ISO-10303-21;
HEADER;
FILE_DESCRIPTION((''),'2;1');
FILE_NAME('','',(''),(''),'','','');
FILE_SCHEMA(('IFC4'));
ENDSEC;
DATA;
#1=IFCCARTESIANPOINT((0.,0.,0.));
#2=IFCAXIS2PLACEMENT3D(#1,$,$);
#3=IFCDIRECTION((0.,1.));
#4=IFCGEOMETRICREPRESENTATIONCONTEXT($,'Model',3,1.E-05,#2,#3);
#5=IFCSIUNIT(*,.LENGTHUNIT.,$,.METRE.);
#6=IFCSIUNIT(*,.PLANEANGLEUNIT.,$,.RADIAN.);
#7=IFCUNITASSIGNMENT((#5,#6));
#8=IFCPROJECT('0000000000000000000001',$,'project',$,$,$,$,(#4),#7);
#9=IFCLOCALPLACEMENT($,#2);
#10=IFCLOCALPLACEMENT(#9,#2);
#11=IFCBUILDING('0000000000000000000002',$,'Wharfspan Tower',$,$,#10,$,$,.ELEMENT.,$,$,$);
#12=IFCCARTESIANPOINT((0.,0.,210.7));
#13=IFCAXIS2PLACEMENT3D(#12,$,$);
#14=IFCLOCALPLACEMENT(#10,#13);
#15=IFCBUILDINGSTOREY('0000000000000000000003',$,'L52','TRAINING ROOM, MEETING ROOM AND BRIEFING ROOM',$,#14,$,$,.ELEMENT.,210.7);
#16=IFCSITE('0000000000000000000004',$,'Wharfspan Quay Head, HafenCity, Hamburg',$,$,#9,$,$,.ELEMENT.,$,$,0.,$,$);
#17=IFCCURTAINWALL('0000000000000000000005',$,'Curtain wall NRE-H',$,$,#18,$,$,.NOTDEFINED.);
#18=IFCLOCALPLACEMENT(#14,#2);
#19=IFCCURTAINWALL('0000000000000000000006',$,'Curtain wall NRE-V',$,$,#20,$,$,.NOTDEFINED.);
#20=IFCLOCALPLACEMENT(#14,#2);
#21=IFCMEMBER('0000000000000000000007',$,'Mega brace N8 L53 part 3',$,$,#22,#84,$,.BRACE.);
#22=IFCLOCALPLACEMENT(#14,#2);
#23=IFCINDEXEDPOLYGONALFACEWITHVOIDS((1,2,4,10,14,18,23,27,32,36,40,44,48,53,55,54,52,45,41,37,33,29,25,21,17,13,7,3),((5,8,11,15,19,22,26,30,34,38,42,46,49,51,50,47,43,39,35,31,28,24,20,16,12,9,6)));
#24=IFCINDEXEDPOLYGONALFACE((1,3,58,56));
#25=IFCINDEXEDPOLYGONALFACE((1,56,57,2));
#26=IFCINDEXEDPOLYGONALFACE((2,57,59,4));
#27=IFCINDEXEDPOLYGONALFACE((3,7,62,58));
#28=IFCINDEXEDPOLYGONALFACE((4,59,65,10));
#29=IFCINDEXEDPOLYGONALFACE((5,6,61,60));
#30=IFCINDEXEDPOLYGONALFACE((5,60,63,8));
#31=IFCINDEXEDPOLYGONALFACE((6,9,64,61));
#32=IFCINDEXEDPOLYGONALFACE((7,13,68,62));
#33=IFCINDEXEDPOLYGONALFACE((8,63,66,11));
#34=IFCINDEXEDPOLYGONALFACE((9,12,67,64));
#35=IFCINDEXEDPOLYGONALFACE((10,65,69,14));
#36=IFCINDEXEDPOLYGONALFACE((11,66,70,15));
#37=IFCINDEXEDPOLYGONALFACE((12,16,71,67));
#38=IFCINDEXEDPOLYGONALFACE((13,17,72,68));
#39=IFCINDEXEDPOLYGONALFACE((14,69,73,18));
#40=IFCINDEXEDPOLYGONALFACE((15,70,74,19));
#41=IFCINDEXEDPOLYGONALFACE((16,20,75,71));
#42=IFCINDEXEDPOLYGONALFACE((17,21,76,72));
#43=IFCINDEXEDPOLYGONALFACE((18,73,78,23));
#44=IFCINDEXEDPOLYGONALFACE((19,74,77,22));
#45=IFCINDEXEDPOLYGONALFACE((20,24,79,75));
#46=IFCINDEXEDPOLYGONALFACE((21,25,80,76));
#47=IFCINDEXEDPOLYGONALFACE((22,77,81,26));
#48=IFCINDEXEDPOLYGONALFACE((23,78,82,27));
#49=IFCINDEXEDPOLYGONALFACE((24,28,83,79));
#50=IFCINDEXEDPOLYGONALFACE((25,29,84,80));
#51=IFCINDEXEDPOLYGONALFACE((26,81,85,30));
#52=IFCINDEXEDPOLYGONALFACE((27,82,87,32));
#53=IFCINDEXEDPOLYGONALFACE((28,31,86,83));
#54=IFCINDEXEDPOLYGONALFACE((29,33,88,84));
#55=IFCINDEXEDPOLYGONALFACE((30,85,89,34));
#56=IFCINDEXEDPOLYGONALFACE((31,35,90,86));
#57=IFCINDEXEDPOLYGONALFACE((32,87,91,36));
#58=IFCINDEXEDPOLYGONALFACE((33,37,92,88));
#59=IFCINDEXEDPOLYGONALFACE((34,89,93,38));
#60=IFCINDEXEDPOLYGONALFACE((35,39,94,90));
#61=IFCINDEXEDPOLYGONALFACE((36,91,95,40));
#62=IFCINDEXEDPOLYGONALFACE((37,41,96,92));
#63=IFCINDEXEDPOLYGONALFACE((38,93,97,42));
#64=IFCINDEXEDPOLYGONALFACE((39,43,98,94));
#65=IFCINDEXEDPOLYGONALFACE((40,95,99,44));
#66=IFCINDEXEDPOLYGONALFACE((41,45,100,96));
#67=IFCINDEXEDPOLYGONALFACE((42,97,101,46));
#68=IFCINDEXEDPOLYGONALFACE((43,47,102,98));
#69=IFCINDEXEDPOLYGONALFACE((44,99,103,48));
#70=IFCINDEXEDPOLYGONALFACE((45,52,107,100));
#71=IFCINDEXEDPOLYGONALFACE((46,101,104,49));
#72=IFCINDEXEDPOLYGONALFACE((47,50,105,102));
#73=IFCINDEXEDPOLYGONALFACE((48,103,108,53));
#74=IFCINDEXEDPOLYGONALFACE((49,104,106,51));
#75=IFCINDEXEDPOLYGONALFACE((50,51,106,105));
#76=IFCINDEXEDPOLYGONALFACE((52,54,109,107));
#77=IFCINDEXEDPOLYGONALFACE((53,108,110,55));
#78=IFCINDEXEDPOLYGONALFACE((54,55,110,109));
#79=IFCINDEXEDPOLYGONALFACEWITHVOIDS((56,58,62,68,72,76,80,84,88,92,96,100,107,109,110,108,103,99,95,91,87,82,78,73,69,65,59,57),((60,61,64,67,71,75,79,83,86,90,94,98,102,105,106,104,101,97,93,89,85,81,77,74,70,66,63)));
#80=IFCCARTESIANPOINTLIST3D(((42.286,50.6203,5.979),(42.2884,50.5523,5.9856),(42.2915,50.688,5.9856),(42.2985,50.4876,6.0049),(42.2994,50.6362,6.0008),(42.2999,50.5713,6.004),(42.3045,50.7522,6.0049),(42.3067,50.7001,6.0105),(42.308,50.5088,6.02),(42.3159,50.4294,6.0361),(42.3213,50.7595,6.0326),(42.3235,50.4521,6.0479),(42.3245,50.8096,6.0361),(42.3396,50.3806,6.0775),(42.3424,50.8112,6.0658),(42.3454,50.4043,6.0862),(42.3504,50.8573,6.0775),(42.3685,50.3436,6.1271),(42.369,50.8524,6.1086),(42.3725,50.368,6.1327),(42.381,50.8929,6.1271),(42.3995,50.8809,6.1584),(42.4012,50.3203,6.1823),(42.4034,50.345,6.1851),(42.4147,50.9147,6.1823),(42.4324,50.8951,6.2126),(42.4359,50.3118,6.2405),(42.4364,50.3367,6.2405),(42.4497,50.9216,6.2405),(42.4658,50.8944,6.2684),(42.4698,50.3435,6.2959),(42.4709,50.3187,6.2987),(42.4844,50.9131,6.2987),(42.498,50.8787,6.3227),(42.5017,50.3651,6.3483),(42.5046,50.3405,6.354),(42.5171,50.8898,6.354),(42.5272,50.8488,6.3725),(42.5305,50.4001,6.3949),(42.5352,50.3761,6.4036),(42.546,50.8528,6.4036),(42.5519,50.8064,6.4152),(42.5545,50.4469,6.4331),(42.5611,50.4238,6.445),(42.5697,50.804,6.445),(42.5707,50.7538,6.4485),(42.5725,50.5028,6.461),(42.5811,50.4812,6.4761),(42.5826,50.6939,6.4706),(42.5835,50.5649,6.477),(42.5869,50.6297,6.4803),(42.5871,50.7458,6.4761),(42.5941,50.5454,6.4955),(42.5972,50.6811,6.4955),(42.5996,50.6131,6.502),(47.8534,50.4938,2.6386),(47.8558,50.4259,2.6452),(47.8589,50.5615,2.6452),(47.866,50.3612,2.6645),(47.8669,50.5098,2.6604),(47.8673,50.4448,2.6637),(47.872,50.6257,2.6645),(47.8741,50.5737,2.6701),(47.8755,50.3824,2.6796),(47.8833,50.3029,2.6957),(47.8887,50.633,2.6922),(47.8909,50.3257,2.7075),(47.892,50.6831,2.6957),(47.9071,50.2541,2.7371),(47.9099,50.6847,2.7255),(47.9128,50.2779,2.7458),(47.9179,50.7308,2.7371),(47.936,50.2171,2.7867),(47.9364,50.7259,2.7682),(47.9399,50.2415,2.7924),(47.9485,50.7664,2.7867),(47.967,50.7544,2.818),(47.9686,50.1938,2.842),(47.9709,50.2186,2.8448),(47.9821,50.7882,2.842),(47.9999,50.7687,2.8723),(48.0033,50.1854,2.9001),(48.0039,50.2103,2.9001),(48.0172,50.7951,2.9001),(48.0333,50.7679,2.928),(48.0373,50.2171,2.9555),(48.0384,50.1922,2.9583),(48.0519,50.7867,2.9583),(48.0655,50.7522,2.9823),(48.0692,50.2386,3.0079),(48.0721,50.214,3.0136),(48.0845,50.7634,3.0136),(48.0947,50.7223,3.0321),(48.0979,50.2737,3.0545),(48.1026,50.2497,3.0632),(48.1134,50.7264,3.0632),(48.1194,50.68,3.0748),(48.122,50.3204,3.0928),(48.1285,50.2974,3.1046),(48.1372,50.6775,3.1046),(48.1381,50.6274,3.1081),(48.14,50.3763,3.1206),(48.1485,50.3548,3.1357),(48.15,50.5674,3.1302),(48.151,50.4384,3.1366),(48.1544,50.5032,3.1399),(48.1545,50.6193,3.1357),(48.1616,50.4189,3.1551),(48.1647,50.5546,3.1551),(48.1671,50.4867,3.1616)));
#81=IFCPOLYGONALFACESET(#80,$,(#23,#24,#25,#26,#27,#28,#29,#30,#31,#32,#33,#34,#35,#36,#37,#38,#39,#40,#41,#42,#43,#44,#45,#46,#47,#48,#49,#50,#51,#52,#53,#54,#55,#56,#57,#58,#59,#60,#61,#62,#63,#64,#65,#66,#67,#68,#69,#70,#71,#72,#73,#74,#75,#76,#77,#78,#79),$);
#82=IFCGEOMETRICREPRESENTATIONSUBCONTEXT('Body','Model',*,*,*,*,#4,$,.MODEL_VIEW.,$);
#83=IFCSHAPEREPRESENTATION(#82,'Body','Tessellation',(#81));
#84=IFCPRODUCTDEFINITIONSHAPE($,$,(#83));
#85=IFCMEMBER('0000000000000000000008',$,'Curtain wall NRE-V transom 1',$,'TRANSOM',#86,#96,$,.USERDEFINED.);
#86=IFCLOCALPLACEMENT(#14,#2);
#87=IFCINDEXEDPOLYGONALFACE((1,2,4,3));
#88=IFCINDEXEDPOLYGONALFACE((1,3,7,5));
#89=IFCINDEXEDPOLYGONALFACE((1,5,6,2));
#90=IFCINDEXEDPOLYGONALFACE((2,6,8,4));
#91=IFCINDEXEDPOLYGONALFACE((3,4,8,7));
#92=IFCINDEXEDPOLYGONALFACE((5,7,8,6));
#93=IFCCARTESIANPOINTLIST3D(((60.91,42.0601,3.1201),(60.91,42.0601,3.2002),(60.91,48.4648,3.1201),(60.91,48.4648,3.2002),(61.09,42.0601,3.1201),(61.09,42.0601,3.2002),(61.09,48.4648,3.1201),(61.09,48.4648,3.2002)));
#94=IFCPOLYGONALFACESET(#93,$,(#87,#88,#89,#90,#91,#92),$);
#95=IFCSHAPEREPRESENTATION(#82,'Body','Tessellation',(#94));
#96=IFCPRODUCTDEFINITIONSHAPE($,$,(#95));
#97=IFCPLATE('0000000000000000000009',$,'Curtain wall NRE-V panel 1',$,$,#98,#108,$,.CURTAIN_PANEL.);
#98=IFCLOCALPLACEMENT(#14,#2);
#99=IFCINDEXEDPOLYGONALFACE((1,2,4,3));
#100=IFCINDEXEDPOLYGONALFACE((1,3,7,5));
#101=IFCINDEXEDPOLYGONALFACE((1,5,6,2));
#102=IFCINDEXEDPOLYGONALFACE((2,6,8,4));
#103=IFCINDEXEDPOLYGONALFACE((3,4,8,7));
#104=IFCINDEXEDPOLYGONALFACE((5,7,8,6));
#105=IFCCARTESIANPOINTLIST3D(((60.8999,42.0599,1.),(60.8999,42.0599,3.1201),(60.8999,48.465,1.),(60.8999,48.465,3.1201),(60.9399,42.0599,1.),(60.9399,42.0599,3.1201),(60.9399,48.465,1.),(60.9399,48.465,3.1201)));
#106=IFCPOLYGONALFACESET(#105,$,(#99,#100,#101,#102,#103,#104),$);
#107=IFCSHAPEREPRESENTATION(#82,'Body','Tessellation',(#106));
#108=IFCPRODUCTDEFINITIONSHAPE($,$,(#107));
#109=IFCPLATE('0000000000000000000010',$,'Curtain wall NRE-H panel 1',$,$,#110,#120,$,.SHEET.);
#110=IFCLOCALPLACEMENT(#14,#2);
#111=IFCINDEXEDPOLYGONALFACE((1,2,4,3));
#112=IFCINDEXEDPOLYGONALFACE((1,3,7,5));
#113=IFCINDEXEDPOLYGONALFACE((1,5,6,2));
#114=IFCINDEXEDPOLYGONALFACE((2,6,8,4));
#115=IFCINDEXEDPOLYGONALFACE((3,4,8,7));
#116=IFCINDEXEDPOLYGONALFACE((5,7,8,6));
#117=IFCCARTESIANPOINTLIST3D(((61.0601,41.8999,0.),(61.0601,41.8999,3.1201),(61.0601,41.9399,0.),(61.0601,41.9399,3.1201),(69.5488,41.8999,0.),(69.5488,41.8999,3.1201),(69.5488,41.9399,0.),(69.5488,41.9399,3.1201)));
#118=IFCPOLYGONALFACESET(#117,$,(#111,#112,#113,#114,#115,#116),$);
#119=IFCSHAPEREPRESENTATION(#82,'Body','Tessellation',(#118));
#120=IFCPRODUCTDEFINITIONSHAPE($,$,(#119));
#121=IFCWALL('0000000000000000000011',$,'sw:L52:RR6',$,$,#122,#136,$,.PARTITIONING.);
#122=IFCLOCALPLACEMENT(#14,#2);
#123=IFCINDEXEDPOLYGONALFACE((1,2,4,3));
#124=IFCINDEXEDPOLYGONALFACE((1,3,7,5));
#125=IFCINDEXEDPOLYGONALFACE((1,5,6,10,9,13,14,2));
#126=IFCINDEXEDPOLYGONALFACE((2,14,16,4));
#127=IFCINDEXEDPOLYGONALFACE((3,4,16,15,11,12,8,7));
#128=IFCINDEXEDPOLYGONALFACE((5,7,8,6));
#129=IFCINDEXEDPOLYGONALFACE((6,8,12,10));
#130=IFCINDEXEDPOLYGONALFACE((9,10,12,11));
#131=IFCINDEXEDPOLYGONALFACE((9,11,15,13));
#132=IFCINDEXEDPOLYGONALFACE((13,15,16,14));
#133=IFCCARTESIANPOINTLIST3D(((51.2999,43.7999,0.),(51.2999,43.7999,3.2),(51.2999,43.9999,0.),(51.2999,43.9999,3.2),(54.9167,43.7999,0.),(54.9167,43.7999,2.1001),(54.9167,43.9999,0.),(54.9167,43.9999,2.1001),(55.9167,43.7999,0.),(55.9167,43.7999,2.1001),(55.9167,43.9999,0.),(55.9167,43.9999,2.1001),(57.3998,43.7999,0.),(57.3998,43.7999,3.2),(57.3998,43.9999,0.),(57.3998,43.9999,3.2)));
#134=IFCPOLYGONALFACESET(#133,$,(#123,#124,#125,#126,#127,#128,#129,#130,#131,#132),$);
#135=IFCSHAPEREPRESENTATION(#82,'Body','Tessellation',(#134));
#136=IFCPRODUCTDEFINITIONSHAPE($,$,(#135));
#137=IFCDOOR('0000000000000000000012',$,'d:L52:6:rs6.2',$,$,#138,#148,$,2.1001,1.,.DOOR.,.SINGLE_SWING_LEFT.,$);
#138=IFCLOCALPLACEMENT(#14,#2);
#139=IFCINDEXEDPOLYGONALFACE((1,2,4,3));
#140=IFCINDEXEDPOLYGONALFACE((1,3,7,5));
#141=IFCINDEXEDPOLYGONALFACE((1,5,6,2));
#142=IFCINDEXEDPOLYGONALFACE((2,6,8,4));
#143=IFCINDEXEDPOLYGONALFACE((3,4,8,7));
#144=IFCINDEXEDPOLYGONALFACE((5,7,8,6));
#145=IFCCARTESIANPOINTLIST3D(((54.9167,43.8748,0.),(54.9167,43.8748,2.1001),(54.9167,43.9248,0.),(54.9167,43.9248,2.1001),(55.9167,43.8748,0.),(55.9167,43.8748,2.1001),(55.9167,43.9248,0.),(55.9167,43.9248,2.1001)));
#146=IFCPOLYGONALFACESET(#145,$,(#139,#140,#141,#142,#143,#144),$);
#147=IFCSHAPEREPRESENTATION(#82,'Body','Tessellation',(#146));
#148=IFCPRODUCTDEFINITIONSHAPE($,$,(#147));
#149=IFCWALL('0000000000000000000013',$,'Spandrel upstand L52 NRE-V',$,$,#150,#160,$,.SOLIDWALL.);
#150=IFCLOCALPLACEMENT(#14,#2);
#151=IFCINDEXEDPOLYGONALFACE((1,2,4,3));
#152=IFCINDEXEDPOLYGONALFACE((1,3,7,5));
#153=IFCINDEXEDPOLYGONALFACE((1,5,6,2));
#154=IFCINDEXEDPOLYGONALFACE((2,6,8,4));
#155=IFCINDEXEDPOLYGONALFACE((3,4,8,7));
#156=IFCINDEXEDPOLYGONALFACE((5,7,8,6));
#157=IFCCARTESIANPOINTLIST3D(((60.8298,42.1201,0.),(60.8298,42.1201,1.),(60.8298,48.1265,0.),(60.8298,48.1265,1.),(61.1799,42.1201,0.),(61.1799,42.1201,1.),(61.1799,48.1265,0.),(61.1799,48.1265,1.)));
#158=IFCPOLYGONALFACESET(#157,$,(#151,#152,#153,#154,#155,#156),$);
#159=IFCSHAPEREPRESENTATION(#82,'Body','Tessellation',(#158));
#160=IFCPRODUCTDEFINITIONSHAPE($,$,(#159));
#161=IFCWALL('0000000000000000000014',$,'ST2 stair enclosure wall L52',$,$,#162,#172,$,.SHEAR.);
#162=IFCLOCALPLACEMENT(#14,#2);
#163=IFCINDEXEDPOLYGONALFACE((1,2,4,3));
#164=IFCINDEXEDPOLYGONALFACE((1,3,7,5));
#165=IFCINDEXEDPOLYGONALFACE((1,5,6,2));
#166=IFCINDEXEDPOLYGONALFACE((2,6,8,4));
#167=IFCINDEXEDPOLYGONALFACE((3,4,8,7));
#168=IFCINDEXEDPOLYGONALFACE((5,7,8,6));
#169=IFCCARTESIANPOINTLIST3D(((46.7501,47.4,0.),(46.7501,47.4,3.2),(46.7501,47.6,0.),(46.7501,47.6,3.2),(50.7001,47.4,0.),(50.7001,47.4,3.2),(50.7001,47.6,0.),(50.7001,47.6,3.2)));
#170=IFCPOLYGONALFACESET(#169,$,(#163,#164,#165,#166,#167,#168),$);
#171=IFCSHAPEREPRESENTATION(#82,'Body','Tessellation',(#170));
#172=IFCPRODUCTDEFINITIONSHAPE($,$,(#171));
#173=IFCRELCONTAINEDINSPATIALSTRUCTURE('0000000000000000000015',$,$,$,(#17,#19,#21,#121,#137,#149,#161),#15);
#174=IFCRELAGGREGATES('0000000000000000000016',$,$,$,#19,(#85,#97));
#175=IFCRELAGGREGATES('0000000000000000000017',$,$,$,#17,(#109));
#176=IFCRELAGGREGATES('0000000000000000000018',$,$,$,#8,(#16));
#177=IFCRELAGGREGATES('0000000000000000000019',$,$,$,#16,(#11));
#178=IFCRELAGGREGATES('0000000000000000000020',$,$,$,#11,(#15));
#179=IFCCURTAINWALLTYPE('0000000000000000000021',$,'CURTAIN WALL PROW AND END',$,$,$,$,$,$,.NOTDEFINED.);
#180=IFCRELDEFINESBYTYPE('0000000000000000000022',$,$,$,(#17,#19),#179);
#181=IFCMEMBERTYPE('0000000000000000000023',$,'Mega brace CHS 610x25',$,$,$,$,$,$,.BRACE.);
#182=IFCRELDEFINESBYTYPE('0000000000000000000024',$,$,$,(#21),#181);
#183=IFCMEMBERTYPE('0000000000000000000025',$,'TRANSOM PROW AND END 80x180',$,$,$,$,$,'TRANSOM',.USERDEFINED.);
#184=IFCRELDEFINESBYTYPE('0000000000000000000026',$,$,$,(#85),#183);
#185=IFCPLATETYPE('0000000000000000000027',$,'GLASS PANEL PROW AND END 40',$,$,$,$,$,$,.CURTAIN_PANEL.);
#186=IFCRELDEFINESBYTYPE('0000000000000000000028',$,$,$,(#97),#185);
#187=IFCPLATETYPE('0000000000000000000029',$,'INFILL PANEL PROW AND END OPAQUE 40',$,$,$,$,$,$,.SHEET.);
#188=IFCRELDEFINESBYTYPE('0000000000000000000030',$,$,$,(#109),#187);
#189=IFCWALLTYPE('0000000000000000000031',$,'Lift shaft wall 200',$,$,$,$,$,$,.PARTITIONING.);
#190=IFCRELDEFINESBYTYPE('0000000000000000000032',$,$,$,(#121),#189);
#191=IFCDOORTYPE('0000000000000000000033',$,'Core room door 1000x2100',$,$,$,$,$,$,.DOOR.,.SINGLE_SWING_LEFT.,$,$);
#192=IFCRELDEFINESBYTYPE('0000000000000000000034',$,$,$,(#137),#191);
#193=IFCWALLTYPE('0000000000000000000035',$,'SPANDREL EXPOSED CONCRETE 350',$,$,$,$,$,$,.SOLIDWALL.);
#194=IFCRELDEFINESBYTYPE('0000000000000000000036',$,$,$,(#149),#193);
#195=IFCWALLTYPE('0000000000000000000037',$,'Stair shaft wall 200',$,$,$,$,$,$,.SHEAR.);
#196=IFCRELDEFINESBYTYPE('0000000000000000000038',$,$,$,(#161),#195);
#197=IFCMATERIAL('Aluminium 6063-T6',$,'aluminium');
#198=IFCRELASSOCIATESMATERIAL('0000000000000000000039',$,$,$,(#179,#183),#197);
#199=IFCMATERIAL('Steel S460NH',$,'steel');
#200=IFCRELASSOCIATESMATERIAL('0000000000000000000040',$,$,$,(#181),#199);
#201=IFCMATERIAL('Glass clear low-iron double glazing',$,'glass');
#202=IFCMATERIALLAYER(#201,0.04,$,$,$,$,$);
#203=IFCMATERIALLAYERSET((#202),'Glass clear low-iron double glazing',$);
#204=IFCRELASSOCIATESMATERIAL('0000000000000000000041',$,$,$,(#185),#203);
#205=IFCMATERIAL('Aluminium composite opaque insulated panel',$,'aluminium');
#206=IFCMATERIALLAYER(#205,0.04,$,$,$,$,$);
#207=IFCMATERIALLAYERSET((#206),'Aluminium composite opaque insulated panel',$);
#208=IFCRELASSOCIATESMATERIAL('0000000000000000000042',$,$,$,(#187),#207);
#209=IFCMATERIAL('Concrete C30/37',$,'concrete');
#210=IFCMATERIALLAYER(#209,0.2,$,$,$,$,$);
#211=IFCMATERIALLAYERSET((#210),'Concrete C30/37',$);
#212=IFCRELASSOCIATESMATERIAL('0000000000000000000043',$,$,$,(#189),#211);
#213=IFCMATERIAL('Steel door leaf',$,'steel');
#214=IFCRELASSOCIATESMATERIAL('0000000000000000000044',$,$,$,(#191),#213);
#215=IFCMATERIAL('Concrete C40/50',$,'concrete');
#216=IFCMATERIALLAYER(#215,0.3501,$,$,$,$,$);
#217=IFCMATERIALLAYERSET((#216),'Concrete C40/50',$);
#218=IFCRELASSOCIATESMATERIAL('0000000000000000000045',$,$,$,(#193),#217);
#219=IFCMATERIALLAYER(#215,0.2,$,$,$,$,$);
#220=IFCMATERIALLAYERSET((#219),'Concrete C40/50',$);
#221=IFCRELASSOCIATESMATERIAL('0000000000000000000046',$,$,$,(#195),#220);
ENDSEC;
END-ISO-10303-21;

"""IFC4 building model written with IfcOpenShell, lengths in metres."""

from ifc_helpers import new_model, si_unit, direction, frame, frame_2d, origin, origin_2d, place, context, subcontext, project, spatial, rectangle, hollow_circle, extrude, material, layer, layer_set, material_profile, profile_set, type_object, element, fill, aggregate, save


model = new_model("IFC4")

# Units and contexts
model_context = context("Model", 3, precision=1e-05, world=origin(), true_north=direction((0.0, 1.0)))
body_context = subcontext(model_context, "Body", "Model", "MODEL_VIEW")
ifc_project = project(units=[si_unit("LENGTHUNIT", "METRE"), si_unit("PLANEANGLEUNIT", "RADIAN")], contexts=[model_context])

# Site, building, storey
site_placement = place(None, origin())
site = spatial("IfcSite", under=ifc_project, at=site_placement, Name="Wharfspan Quay Head, HafenCity, Hamburg", CompositionType="ELEMENT", RefElevation=0.0)
building_placement = place(site_placement, origin())
building = spatial("IfcBuilding", under=site, at=building_placement, Name="Wharfspan Tower", CompositionType="ELEMENT")
storey_placement = place(building_placement, frame((0.0, 0.0, 210.7)))
storey = spatial("IfcBuildingStorey", under=building, at=storey_placement, Name="L52", Description="TRAINING ROOM, MEETING ROOM AND BRIEFING ROOM", CompositionType="ELEMENT", Elevation=210.7)

# Curtain wall
ifc_material_1 = material(Name="Aluminium 6063-T6", Category="aluminium")
curtain_wall_type = type_object("IfcCurtainWallType", Name="CURTAIN WALL PROW AND END", PredefinedType="NOTDEFINED", material=ifc_material_1)
curtain_wall_1_placement = place(storey_placement, origin())
curtain_wall_1 = element("IfcCurtainWall", 1, at=curtain_wall_1_placement, inside=storey, type_object=curtain_wall_type, Name="Curtain wall NRE-H", PredefinedType="NOTDEFINED")

# Curtain wall
curtain_wall_2_placement = place(storey_placement, origin())
curtain_wall_2 = element("IfcCurtainWall", 2, at=curtain_wall_2_placement, inside=storey, type_object=curtain_wall_type, Name="Curtain wall NRE-V", PredefinedType="NOTDEFINED")

# Members
ifc_material_2 = material(Name="Steel S460NH", Category="steel")
ifc_material_profile_1 = material_profile(ifc_material_2, hollow_circle(Radius=0.3049, WallThickness=0.0249, at=origin_2d()))
ifc_profile_set_1 = profile_set([ifc_material_profile_1], Name="Steel S460NH")
member_type_1 = type_object("IfcMemberType", Name="Mega brace CHS 610x25", PredefinedType="BRACE", material=ifc_profile_set_1)
member_1_placement = place(storey_placement, frame((48.0103, 50.4902, 2.9001), z_axis=(-0.857337, 0.019475, 0.514387), x_axis=(-0.022711, -0.999741, -0.000002)))
element("IfcMember", 3, at=member_1_placement, inside=storey, type_object=member_type_1, Name="Mega brace N8 L53 part 3", PredefinedType="BRACE", context=body_context, shape_type="SweptSolid", body=[
    extrude(hollow_circle(Radius=0.3049, WallThickness=0.0249, at=origin_2d()), origin(), (0.0, 0.0, 1.0), 6.4939),
])
ifc_material_profile_2 = material_profile(ifc_material_1, rectangle(XDim=0.1799, YDim=0.0801, at=origin_2d()))
ifc_profile_set_2 = profile_set([ifc_material_profile_2], Name="Aluminium 6063-T6")
member_type_2 = type_object("IfcMemberType", Name="TRANSOM PROW AND END 80x180", ElementType="TRANSOM", PredefinedType="USERDEFINED", material=ifc_profile_set_2)
member_2_placement = place(storey_placement, frame((61.0, 42.0601, 3.1602), z_axis=(0.0, 1.0, 0.0), x_axis=(-1.0, 0.0, 0.0)))
member_2 = element("IfcMember", 4, at=member_2_placement, type_object=member_type_2, Name="Curtain wall NRE-V transom 1", ObjectType="TRANSOM", PredefinedType="USERDEFINED", context=body_context, shape_type="SweptSolid", body=[
    extrude(rectangle(XDim=0.1799, YDim=0.0801, at=origin_2d()), origin(), (0.0, 0.0, 1.0), 6.4048),
])

# Plates
ifc_material_3 = material(Name="Glass clear low-iron double glazing", Category="glass")
ifc_layer_1 = layer(ifc_material_3, 0.04)
ifc_layer_set_1 = layer_set([ifc_layer_1], Name="Glass clear low-iron double glazing")
plate_type_1 = type_object("IfcPlateType", Name="GLASS PANEL PROW AND END 40", PredefinedType="CURTAIN_PANEL", material=ifc_layer_set_1)
plate_1_placement = place(storey_placement, frame((60.9199, 45.2625, 1.0), z_axis=(0.0, 0.0, 1.0), x_axis=(0.0, 1.0, 0.0)))
plate_1 = element("IfcPlate", 5, at=plate_1_placement, type_object=plate_type_1, Name="Curtain wall NRE-V panel 1", PredefinedType="CURTAIN_PANEL", context=body_context, shape_type="SweptSolid", body=[
    extrude(rectangle(XDim=6.405, YDim=0.04, at=origin_2d()), origin(), (0.0, 0.0, 1.0), 2.1201),
])
aggregate(curtain_wall_2, [member_2, plate_1])
ifc_material_4 = material(Name="Aluminium composite opaque insulated panel", Category="aluminium")
ifc_layer_2 = layer(ifc_material_4, 0.04)
ifc_layer_set_2 = layer_set([ifc_layer_2], Name="Aluminium composite opaque insulated panel")
plate_type_2 = type_object("IfcPlateType", Name="INFILL PANEL PROW AND END OPAQUE 40", PredefinedType="SHEET", material=ifc_layer_set_2)
plate_2_placement = place(storey_placement, frame((65.3044, 41.9199, 0.0), z_axis=(0.0, 0.0, 1.0), x_axis=(-1.0, 0.0, 0.0)))
plate_2 = element("IfcPlate", 6, at=plate_2_placement, type_object=plate_type_2, Name="Curtain wall NRE-H panel 1", PredefinedType="SHEET", context=body_context, shape_type="SweptSolid", body=[
    extrude(rectangle(XDim=8.4888, YDim=0.04, at=origin_2d()), origin(), (0.0, 0.0, 1.0), 3.1201),
])
aggregate(curtain_wall_1, [plate_2])

# Wall, opening, door
ifc_material_5 = material(Name="Concrete C30/37", Category="concrete")
ifc_layer_3 = layer(ifc_material_5, 0.2)
ifc_layer_set_3 = layer_set([ifc_layer_3], Name="Concrete C30/37")
wall_type_1 = type_object("IfcWallType", Name="Lift shaft wall 200", PredefinedType="PARTITIONING", material=ifc_layer_set_3)
wall_1_placement = place(storey_placement, frame((51.3, 43.8999, 0.0), z_axis=(0.0, 0.0, 1.0), x_axis=(1.0, 0.0, 0.0)))
wall_1 = element("IfcWall", 7, at=wall_1_placement, inside=storey, type_object=wall_type_1, Name="sw:L52:RR6", PredefinedType="PARTITIONING", context=body_context, shape_type="SweptSolid", body=[
    extrude(rectangle(XDim=6.0999, YDim=0.2, at=frame_2d((3.0498, 0.0))), origin(), (0.0, 0.0, 1.0), 3.2),
])
opening_placement = place(wall_1_placement, frame((3.6167, 0.0, 0.0)))
opening = element("IfcOpeningElement", 8, at=opening_placement, cuts=wall_1, PredefinedType="OPENING", context=body_context, shape_type="SweptSolid", body=[
    extrude(rectangle(XDim=1.0, YDim=2.1001, at=frame_2d((0.5, 1.05))), frame((0.0, 0.1099, 0.0), z_axis=(0.0, -1.0, 0.0), x_axis=(1.0, 0.0, 0.0)), (0.0, 0.0, 1.0), 0.22),
])
ifc_material_6 = material(Name="Steel door leaf", Category="steel")
door_type = type_object("IfcDoorType", Name="Core room door 1000x2100", OperationType="SINGLE_SWING_LEFT", PredefinedType="DOOR", material=ifc_material_6)
door_placement = place(opening_placement, origin())
door = element("IfcDoor", 9, at=door_placement, inside=storey, type_object=door_type, Name="d:L52:6:rs6.2", OperationType="SINGLE_SWING_LEFT", OverallHeight=2.1001, OverallWidth=1.0, PredefinedType="DOOR", context=body_context, shape_type="SweptSolid", body=[
    extrude(rectangle(XDim=1.0, YDim=2.1001, at=frame_2d((0.5, 1.05))), frame((0.0, 0.0249, 0.0), z_axis=(0.0, -1.0, 0.0), x_axis=(1.0, 0.0, 0.0)), (0.0, 0.0, 1.0), 0.05),
])
fill(opening, door)

# Walls
ifc_material_7 = material(Name="Concrete C40/50", Category="concrete")
ifc_layer_4 = layer(ifc_material_7, 0.3501)
ifc_layer_set_4 = layer_set([ifc_layer_4], Name="Concrete C40/50")
wall_type_2 = type_object("IfcWallType", Name="SPANDREL EXPOSED CONCRETE 350", PredefinedType="SOLIDWALL", material=ifc_layer_set_4)
wall_2_placement = place(storey_placement, frame((61.0049, 42.1201, 0.0), z_axis=(0.0, 0.0, 1.0), x_axis=(0.0, 1.0, 0.0)))
element("IfcWall", 10, at=wall_2_placement, inside=storey, type_object=wall_type_2, Name="Spandrel upstand L52 NRE-V", PredefinedType="SOLIDWALL", context=body_context, shape_type="SweptSolid", body=[
    extrude(rectangle(XDim=6.0063, YDim=0.3501, at=frame_2d((3.0032, 0.0))), origin(), (0.0, 0.0, 1.0), 1.0),
])
ifc_layer_5 = layer(ifc_material_7, 0.2)
ifc_layer_set_5 = layer_set([ifc_layer_5], Name="Concrete C40/50")
wall_type_3 = type_object("IfcWallType", Name="Stair shaft wall 200", PredefinedType="SHEAR", material=ifc_layer_set_5)
wall_3_placement = place(storey_placement, frame((46.75, 47.5, 0.0), z_axis=(0.0, 0.0, 1.0), x_axis=(1.0, 0.0, 0.0)))
element("IfcWall", 11, at=wall_3_placement, inside=storey, type_object=wall_type_3, Name="ST2 stair enclosure wall L52", PredefinedType="SHEAR", context=body_context, shape_type="SweptSolid", body=[
    extrude(rectangle(XDim=3.95, YDim=0.2, at=frame_2d((1.9751, 0.0))), origin(), (0.0, 0.0, 1.0), 3.2),
])

save(model, "model.ifc")
